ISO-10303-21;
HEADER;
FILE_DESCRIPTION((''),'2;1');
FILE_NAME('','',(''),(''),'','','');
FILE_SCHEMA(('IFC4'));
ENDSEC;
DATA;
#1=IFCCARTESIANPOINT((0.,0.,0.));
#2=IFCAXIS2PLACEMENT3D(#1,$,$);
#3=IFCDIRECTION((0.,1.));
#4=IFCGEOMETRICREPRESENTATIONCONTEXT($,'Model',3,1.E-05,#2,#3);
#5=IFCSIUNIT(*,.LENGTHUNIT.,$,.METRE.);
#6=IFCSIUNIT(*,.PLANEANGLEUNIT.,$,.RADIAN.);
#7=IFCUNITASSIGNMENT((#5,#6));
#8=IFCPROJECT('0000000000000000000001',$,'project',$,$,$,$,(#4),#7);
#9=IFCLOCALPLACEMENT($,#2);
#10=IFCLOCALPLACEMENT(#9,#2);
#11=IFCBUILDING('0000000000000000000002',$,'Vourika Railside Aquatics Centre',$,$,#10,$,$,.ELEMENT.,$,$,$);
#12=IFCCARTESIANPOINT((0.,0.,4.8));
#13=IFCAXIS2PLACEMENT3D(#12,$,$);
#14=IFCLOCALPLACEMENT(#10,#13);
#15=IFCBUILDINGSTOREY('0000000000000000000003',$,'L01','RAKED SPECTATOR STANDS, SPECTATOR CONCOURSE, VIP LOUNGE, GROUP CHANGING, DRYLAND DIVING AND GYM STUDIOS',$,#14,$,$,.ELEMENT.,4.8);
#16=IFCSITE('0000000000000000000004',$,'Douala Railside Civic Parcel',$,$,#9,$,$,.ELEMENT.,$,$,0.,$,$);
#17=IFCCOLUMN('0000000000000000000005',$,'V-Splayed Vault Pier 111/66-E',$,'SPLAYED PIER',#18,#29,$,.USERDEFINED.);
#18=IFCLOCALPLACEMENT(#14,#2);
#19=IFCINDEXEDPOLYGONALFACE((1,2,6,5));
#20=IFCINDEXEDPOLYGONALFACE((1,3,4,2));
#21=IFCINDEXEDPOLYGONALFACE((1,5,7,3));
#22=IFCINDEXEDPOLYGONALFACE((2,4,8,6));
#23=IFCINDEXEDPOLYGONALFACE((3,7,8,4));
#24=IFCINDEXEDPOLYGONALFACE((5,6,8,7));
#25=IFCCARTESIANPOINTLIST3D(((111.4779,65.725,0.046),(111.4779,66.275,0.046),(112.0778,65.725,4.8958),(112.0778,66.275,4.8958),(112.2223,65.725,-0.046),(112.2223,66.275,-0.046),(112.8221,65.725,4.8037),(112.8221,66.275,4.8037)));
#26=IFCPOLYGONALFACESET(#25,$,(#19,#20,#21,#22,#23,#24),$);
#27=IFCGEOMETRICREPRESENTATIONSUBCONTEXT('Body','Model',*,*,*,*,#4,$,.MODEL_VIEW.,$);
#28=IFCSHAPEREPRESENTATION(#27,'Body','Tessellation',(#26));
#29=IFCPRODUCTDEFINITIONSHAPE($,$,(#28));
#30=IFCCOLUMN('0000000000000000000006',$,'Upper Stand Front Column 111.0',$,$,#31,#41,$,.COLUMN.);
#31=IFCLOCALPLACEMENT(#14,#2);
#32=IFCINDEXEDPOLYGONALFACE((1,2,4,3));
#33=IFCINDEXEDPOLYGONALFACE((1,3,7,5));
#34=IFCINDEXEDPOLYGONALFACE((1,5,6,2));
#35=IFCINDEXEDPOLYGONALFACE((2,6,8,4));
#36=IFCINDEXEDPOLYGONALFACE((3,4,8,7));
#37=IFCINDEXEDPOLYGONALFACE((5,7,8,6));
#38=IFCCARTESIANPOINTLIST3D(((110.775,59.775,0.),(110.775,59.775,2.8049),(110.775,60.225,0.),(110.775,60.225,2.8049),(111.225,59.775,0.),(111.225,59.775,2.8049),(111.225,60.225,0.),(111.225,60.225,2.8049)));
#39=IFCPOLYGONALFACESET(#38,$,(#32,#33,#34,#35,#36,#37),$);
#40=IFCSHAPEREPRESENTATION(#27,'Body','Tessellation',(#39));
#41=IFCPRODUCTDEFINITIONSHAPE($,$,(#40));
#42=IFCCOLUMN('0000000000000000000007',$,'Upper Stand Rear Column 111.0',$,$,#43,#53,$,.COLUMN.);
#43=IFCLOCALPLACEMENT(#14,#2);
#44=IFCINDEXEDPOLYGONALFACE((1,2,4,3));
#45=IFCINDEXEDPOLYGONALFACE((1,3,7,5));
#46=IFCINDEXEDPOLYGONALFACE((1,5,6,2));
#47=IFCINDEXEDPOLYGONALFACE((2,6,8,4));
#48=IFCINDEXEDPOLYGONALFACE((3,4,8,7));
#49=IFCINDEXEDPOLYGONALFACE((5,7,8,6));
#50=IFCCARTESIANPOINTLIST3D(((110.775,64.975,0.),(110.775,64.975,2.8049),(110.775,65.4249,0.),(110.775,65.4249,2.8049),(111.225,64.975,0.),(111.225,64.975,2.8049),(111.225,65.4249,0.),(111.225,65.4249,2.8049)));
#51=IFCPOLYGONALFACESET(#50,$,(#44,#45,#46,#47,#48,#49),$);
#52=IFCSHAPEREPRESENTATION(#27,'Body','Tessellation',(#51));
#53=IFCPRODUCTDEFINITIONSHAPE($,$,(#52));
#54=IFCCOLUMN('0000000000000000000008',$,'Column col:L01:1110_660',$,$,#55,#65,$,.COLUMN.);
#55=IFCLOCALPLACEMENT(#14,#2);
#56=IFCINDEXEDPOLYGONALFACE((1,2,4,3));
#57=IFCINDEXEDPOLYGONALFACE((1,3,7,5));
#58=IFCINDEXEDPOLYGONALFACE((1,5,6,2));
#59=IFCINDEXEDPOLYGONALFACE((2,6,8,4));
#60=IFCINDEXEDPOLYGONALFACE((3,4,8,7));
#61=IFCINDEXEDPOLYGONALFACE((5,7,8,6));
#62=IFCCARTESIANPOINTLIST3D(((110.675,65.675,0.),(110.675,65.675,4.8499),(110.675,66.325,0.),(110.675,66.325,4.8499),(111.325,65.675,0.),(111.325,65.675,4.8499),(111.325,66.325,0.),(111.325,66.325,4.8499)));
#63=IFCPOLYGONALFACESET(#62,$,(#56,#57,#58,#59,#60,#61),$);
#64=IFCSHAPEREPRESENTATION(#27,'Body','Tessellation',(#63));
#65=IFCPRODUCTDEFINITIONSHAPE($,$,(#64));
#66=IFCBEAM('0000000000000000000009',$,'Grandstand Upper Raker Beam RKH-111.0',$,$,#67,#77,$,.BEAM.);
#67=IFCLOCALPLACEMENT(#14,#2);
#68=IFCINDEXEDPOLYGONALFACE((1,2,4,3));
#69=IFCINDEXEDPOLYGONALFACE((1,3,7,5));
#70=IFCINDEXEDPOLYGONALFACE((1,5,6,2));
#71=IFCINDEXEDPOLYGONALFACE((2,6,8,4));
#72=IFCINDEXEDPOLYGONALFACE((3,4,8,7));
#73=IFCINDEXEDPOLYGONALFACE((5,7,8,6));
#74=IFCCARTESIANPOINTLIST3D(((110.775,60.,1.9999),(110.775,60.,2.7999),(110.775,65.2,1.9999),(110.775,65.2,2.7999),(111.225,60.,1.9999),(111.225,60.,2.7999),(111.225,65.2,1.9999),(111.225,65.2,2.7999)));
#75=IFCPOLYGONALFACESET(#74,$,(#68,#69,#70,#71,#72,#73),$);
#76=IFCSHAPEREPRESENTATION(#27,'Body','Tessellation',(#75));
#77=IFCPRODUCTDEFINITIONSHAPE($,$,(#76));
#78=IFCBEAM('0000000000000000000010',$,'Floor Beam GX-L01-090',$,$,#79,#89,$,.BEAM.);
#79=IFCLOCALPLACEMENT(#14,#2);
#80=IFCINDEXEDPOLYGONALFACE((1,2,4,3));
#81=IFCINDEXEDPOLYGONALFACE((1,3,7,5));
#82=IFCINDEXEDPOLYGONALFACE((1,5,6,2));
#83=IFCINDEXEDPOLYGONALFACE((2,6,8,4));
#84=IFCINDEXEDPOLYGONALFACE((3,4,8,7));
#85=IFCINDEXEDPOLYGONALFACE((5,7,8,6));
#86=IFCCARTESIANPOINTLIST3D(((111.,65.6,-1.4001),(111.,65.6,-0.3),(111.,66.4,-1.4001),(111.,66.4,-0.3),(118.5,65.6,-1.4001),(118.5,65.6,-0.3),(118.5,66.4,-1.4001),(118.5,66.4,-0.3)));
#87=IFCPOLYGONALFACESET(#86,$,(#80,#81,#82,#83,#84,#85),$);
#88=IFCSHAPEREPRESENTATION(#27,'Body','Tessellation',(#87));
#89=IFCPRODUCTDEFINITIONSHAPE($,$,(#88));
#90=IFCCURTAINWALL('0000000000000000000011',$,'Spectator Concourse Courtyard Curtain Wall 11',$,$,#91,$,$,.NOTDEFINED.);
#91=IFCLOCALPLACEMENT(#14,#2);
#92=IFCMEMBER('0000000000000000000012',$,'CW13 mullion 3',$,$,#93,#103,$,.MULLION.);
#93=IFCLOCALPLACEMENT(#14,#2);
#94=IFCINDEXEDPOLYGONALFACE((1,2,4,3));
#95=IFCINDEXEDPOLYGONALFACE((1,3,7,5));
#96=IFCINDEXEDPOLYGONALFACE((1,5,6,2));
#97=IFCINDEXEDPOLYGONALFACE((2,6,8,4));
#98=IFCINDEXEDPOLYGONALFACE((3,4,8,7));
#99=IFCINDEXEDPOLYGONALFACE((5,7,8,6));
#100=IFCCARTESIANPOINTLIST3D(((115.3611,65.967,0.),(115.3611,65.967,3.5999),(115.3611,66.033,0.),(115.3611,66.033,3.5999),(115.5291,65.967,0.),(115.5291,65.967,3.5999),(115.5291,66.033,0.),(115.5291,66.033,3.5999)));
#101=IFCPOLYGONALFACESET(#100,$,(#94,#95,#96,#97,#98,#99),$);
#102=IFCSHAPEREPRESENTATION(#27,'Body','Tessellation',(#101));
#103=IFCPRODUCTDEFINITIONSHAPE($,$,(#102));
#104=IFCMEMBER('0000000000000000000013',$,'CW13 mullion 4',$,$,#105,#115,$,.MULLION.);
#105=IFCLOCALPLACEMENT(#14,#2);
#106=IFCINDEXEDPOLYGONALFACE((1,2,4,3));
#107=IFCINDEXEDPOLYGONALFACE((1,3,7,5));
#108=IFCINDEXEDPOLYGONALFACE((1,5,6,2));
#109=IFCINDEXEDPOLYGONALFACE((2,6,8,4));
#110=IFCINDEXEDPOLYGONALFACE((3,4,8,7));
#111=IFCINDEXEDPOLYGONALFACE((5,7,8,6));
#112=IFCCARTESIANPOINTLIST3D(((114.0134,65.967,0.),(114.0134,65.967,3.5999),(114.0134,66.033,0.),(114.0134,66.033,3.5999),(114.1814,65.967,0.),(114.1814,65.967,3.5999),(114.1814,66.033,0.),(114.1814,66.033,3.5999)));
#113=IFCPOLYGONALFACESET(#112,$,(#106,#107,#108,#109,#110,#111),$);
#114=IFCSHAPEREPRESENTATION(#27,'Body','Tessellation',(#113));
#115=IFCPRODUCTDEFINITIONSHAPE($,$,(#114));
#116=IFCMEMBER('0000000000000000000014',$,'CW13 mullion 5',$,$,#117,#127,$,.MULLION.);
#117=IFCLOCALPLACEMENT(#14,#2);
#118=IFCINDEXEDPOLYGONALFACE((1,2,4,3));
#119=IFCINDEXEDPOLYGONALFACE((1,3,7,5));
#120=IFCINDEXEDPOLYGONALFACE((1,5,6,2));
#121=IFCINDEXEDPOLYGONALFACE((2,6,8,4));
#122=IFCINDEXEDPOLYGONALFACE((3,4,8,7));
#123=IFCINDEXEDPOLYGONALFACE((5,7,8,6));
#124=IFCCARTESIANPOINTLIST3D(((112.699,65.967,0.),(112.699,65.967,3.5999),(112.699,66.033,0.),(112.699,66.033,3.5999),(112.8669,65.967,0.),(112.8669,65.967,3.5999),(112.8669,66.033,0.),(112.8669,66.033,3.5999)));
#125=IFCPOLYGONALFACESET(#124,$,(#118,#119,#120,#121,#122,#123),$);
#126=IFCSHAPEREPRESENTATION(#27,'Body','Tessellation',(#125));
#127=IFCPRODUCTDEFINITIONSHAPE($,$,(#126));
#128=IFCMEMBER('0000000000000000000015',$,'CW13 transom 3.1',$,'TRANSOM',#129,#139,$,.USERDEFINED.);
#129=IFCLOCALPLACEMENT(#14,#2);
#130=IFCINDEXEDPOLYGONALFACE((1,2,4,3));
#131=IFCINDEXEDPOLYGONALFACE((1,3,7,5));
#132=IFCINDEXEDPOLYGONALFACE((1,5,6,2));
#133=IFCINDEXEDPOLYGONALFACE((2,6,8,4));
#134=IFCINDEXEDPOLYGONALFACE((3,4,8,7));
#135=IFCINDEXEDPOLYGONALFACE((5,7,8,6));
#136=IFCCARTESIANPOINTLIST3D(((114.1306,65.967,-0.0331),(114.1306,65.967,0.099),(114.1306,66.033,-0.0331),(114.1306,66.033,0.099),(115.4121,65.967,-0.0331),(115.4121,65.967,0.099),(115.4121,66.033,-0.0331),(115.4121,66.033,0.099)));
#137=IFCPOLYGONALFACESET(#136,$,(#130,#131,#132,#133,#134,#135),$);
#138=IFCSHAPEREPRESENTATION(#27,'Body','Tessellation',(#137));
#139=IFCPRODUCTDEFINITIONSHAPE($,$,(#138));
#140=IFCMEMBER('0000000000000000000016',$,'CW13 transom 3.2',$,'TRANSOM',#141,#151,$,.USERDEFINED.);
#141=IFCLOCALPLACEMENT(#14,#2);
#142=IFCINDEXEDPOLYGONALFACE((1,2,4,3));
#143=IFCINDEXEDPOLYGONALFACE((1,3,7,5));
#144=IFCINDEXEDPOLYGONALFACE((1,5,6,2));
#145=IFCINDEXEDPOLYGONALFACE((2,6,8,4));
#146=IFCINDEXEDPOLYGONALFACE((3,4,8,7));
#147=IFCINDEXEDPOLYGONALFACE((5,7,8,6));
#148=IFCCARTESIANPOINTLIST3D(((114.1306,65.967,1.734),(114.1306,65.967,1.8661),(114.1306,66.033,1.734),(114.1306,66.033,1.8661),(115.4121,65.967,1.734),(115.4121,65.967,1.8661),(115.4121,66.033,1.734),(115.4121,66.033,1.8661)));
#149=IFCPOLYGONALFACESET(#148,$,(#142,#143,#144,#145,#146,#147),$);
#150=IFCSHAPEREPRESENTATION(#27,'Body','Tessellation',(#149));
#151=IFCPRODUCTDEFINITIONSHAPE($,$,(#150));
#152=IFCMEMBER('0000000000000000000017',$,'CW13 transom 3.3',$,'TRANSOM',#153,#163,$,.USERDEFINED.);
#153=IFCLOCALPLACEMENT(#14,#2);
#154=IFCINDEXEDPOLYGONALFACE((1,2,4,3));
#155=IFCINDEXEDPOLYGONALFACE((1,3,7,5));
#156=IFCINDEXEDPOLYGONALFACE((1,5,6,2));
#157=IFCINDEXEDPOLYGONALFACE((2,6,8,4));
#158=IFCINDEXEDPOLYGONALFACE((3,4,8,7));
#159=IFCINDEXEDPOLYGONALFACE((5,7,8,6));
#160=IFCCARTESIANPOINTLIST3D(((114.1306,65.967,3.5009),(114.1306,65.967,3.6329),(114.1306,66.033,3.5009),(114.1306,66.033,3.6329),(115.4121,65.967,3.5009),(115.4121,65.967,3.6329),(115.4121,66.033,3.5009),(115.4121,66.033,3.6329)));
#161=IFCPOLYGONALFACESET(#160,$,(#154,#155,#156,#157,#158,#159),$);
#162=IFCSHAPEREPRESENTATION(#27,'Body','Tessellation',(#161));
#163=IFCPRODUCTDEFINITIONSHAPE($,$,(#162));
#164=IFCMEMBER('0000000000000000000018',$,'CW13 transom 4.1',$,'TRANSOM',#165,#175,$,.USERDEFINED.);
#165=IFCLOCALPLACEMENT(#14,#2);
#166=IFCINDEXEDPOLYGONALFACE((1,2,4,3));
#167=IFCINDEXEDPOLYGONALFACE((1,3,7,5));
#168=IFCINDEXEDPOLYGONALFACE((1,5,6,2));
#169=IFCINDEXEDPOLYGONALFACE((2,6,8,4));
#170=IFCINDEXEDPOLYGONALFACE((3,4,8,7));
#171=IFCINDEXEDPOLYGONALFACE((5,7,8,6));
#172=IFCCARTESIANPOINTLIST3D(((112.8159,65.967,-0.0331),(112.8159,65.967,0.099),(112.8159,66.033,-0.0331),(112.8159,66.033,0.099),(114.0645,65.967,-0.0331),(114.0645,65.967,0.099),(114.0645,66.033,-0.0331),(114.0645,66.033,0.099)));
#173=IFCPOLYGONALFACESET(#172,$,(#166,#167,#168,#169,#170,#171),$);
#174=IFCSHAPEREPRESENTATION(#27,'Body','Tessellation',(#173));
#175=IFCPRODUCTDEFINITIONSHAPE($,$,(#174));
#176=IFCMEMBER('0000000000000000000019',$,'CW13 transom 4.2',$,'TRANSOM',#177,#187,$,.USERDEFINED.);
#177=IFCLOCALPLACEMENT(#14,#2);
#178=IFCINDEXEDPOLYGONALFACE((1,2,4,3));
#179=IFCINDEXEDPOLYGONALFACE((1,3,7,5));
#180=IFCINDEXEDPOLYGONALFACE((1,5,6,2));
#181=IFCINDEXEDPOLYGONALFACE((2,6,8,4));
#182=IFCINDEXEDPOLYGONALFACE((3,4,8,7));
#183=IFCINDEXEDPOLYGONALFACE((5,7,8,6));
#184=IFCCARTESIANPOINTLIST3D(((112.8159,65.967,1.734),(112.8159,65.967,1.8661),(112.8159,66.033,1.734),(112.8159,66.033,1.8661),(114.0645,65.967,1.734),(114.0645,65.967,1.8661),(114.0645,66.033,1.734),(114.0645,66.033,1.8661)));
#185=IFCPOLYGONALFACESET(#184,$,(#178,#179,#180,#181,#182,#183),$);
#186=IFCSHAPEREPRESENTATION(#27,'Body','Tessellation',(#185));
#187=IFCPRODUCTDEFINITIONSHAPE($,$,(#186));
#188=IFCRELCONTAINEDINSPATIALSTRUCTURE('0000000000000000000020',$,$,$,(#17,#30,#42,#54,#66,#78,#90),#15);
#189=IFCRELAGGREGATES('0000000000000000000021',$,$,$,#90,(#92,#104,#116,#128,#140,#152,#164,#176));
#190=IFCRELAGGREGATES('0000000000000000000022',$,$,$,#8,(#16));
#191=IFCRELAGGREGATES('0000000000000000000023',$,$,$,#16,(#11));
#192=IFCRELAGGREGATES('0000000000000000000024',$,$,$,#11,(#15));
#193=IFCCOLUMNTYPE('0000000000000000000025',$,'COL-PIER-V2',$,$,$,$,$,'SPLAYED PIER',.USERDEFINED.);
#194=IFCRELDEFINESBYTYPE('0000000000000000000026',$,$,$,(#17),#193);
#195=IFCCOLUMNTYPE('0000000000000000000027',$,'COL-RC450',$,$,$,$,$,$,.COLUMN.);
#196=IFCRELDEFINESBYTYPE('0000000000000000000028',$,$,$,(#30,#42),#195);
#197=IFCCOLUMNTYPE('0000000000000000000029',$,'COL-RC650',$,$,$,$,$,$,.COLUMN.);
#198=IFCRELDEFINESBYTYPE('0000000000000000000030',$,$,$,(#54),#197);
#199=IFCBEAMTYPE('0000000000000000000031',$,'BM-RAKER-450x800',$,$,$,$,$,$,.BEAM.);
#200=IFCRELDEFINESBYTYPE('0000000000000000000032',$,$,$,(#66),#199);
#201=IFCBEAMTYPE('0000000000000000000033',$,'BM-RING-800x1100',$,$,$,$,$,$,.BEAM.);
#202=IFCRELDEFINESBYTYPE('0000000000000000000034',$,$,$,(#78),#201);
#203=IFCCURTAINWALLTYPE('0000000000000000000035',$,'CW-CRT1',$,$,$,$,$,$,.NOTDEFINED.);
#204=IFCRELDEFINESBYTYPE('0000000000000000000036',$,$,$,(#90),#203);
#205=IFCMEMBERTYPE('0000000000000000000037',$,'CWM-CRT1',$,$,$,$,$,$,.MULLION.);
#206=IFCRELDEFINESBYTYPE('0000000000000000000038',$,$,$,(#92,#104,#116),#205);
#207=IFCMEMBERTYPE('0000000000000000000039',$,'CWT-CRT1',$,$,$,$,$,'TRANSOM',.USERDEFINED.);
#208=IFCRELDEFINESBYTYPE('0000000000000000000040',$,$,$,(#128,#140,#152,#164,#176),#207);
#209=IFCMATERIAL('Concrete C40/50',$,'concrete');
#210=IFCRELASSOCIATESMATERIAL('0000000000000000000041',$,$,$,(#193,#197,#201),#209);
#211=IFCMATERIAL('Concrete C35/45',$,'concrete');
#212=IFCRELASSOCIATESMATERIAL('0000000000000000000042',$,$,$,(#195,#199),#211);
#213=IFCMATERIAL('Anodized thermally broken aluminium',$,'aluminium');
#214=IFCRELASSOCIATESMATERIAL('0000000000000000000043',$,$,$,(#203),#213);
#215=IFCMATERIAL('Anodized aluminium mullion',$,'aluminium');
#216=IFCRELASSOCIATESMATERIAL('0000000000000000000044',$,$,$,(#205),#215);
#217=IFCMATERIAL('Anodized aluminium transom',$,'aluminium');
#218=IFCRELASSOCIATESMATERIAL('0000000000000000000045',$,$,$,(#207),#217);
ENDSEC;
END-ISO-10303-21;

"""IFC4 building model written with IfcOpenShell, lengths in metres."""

from ifc_helpers import new_model, si_unit, direction, frame, origin, origin_2d, place, context, subcontext, project, spatial, rectangle, extrude, material, material_profile, profile_set, type_object, element, aggregate, save


model = new_model("IFC4")

# Units and contexts
model_context = context("Model", 3, precision=1e-05, world=origin(), true_north=direction((0.0, 1.0)))
body_context = subcontext(model_context, "Body", "Model", "MODEL_VIEW")
ifc_project = project(units=[si_unit("LENGTHUNIT", "METRE"), si_unit("PLANEANGLEUNIT", "RADIAN")], contexts=[model_context])

# Site, building, storey
site_placement = place(None, origin())
site = spatial("IfcSite", under=ifc_project, at=site_placement, Name="Douala Railside Civic Parcel", CompositionType="ELEMENT", RefElevation=0.0)
building_placement = place(site_placement, origin())
building = spatial("IfcBuilding", under=site, at=building_placement, Name="Vourika Railside Aquatics Centre", CompositionType="ELEMENT")
storey_placement = place(building_placement, frame((0.0, 0.0, 4.8)))
storey = spatial("IfcBuildingStorey", under=building, at=storey_placement, Name="L01", Description="RAKED SPECTATOR STANDS, SPECTATOR CONCOURSE, VIP LOUNGE, GROUP CHANGING, DRYLAND DIVING AND GYM STUDIOS", CompositionType="ELEMENT", Elevation=4.8)

# Columns
ifc_material_1 = material(Name="Concrete C40/50", Category="concrete")
ifc_material_profile_1 = material_profile(ifc_material_1, rectangle(XDim=0.55, YDim=0.75, at=origin_2d()), Name="RC 550x750")
ifc_profile_set_1 = profile_set([ifc_material_profile_1], Name="Concrete C40/50")
column_type_1 = type_object("IfcColumnType", Name="COL-PIER-V2", ElementType="SPLAYED PIER", PredefinedType="USERDEFINED", material=ifc_profile_set_1)
column_1_placement = place(storey_placement, frame((111.8501, 66.0, 0.0), z_axis=(0.12275, 0.0, 0.992438), x_axis=(0.0, 1.0, 0.0)))
element("IfcColumn", 1, at=column_1_placement, inside=storey, type_object=column_type_1, Name="V-Splayed Vault Pier 111/66-E", ObjectType="SPLAYED PIER", PredefinedType="USERDEFINED", context=body_context, shape_type="SweptSolid", body=[
    extrude(rectangle(XDim=0.55, YDim=0.75, at=origin_2d()), origin(), (0.0, 0.0, 1.0), 4.8867),
])
ifc_material_2 = material(Name="Concrete C35/45", Category="concrete")
ifc_material_profile_2 = material_profile(ifc_material_2, rectangle(XDim=0.45, YDim=0.45, at=origin_2d()), Name="RC 450x450")
ifc_profile_set_2 = profile_set([ifc_material_profile_2], Name="Concrete C35/45")
column_type_2 = type_object("IfcColumnType", Name="COL-RC450", PredefinedType="COLUMN", material=ifc_profile_set_2)
for number, where, z_axis, x_axis, name in (
    (2, (111.0, 60.0, 0.0), (0.0, 0.0, 1.0), (1.0, 0.0, 0.0), "Upper Stand Front Column 111.0"),
    (3, (111.0, 65.2, 0.0), (0.0, 0.0, 1.0), (1.0, 0.0, 0.0), "Upper Stand Rear Column 111.0"),
):
    element("IfcColumn", number, at=place(storey_placement, frame(where, z_axis=z_axis, x_axis=x_axis)), inside=storey, type_object=column_type_2, Name=name, PredefinedType="COLUMN", context=body_context, shape_type="SweptSolid", body=[
        extrude(rectangle(XDim=0.45, YDim=0.45, at=origin_2d()), origin(), (0.0, 0.0, 1.0), 2.8049),
    ])
ifc_material_profile_3 = material_profile(ifc_material_1, rectangle(XDim=0.6499, YDim=0.6499, at=origin_2d()), Name="RC 650x650")
ifc_profile_set_3 = profile_set([ifc_material_profile_3], Name="Concrete C40/50")
column_type_3 = type_object("IfcColumnType", Name="COL-RC650", PredefinedType="COLUMN", material=ifc_profile_set_3)
column_2_placement = place(storey_placement, frame((111.0, 66.0, 0.0), z_axis=(0.0, 0.0, 1.0), x_axis=(1.0, 0.0, 0.0)))
element("IfcColumn", 4, at=column_2_placement, inside=storey, type_object=column_type_3, Name="Column col:L01:1110_660", PredefinedType="COLUMN", context=body_context, shape_type="SweptSolid", body=[
    extrude(rectangle(XDim=0.6499, YDim=0.6499, at=origin_2d()), origin(), (0.0, 0.0, 1.0), 4.8499),
])

# Beams
ifc_material_profile_4 = material_profile(ifc_material_2, rectangle(XDim=0.45, YDim=0.8, at=origin_2d()), Name="RC 450x800")
ifc_profile_set_4 = profile_set([ifc_material_profile_4], Name="Concrete C35/45")
beam_type_1 = type_object("IfcBeamType", Name="BM-RAKER-450x800", PredefinedType="BEAM", material=ifc_profile_set_4)
beam_1_placement = place(storey_placement, frame((111.0, 60.0, 2.3999), z_axis=(0.0, 1.0, 0.0), x_axis=(-1.0, 0.0, 0.0)))
element("IfcBeam", 5, at=beam_1_placement, inside=storey, type_object=beam_type_1, Name="Grandstand Upper Raker Beam RKH-111.0", PredefinedType="BEAM", context=body_context, shape_type="SweptSolid", body=[
    extrude(rectangle(XDim=0.45, YDim=0.8, at=origin_2d()), origin(), (0.0, 0.0, 1.0), 5.2),
])
ifc_material_profile_5 = material_profile(ifc_material_1, rectangle(XDim=0.8, YDim=1.1001, at=origin_2d()), Name="RC 800x1100")
ifc_profile_set_5 = profile_set([ifc_material_profile_5], Name="Concrete C40/50")
beam_type_2 = type_object("IfcBeamType", Name="BM-RING-800x1100", PredefinedType="BEAM", material=ifc_profile_set_5)
beam_2_placement = place(storey_placement, frame((111.0, 66.0, -0.8501), z_axis=(1.0, 0.0, 0.0), x_axis=(0.0, 1.0, 0.0)))
element("IfcBeam", 6, at=beam_2_placement, inside=storey, type_object=beam_type_2, Name="Floor Beam GX-L01-090", PredefinedType="BEAM", context=body_context, shape_type="SweptSolid", body=[
    extrude(rectangle(XDim=0.8, YDim=1.1001, at=origin_2d()), origin(), (0.0, 0.0, 1.0), 7.5),
])

# Curtain wall, members
ifc_material_3 = material(Name="Anodized thermally broken aluminium", Category="aluminium")
curtain_wall_type = type_object("IfcCurtainWallType", Name="CW-CRT1", PredefinedType="NOTDEFINED", material=ifc_material_3)
curtain_wall_placement = place(storey_placement, origin())
curtain_wall = element("IfcCurtainWall", 7, at=curtain_wall_placement, inside=storey, type_object=curtain_wall_type, Name="Spectator Concourse Courtyard Curtain Wall 11", PredefinedType="NOTDEFINED")
ifc_material_4 = material(Name="Anodized aluminium mullion", Category="aluminium")
ifc_material_profile_6 = material_profile(ifc_material_4, rectangle(XDim=0.0659, YDim=0.168, at=origin_2d()), Name="ALU-M 66x168")
ifc_profile_set_6 = profile_set([ifc_material_profile_6], Name="Anodized aluminium mullion")
member_type_1 = type_object("IfcMemberType", Name="CWM-CRT1", PredefinedType="MULLION", material=ifc_profile_set_6)
member_1_placement = place(storey_placement, frame((115.4451, 66.0, 0.0), z_axis=(0.0, 0.0, 1.0), x_axis=(0.0, -1.0, 0.0)))
member_1 = element("IfcMember", 8, at=member_1_placement, type_object=member_type_1, Name="CW13 mullion 3", PredefinedType="MULLION", context=body_context, shape_type="SweptSolid", body=[
    extrude(rectangle(XDim=0.0659, YDim=0.168, at=origin_2d()), origin(), (0.0, 0.0, 1.0), 3.5999),
])
member_2_placement = place(storey_placement, frame((114.0974, 66.0, 0.0), z_axis=(0.0, 0.0, 1.0), x_axis=(0.0, -1.0, 0.0)))
member_2 = element("IfcMember", 9, at=member_2_placement, type_object=member_type_1, Name="CW13 mullion 4", PredefinedType="MULLION", context=body_context, shape_type="SweptSolid", body=[
    extrude(rectangle(XDim=0.0659, YDim=0.168, at=origin_2d()), origin(), (0.0, 0.0, 1.0), 3.5999),
])
member_3_placement = place(storey_placement, frame((112.783, 66.0, 0.0), z_axis=(0.0, 0.0, 1.0), x_axis=(0.0, -1.0, 0.0)))
member_3 = element("IfcMember", 10, at=member_3_placement, type_object=member_type_1, Name="CW13 mullion 5", PredefinedType="MULLION", context=body_context, shape_type="SweptSolid", body=[
    extrude(rectangle(XDim=0.0659, YDim=0.168, at=origin_2d()), origin(), (0.0, 0.0, 1.0), 3.5999),
])
ifc_material_5 = material(Name="Anodized aluminium transom", Category="aluminium")
ifc_material_profile_7 = material_profile(ifc_material_5, rectangle(XDim=0.0659, YDim=0.1321, at=origin_2d()), Name="ALU-T 66x132")
ifc_profile_set_7 = profile_set([ifc_material_profile_7], Name="Anodized aluminium transom")
member_type_2 = type_object("IfcMemberType", Name="CWT-CRT1", ElementType="TRANSOM", PredefinedType="USERDEFINED", material=ifc_profile_set_7)
member_4_placement = place(storey_placement, frame((115.4121, 66.0, 0.033), z_axis=(-1.0, 0.0, 0.0), x_axis=(0.0, -1.0, 0.0)))
member_4 = element("IfcMember", 11, at=member_4_placement, type_object=member_type_2, Name="CW13 transom 3.1", ObjectType="TRANSOM", PredefinedType="USERDEFINED", context=body_context, shape_type="SweptSolid", body=[
    extrude(rectangle(XDim=0.0659, YDim=0.1321, at=origin_2d()), origin(), (0.0, 0.0, 1.0), 1.2815),
])
member_5_placement = place(storey_placement, frame((115.4121, 66.0, 1.8), z_axis=(-1.0, 0.0, 0.0), x_axis=(0.0, -1.0, 0.0)))
member_5 = element("IfcMember", 12, at=member_5_placement, type_object=member_type_2, Name="CW13 transom 3.2", ObjectType="TRANSOM", PredefinedType="USERDEFINED", context=body_context, shape_type="SweptSolid", body=[
    extrude(rectangle(XDim=0.0659, YDim=0.1321, at=origin_2d()), origin(), (0.0, 0.0, 1.0), 1.2815),
])
member_6_placement = place(storey_placement, frame((115.4121, 66.0, 3.5669), z_axis=(-1.0, 0.0, 0.0), x_axis=(0.0, -1.0, 0.0)))
member_6 = element("IfcMember", 13, at=member_6_placement, type_object=member_type_2, Name="CW13 transom 3.3", ObjectType="TRANSOM", PredefinedType="USERDEFINED", context=body_context, shape_type="SweptSolid", body=[
    extrude(rectangle(XDim=0.0659, YDim=0.1321, at=origin_2d()), origin(), (0.0, 0.0, 1.0), 1.2815),
])
member_7_placement = place(storey_placement, frame((114.0645, 66.0, 0.033), z_axis=(-1.0, 0.0, 0.0), x_axis=(0.0, -1.0, 0.0)))
member_7 = element("IfcMember", 14, at=member_7_placement, type_object=member_type_2, Name="CW13 transom 4.1", ObjectType="TRANSOM", PredefinedType="USERDEFINED", context=body_context, shape_type="SweptSolid", body=[
    extrude(rectangle(XDim=0.0659, YDim=0.1321, at=origin_2d()), origin(), (0.0, 0.0, 1.0), 1.2485),
])
member_8_placement = place(storey_placement, frame((114.0645, 66.0, 1.8), z_axis=(-1.0, 0.0, 0.0), x_axis=(0.0, -1.0, 0.0)))
member_8 = element("IfcMember", 15, at=member_8_placement, type_object=member_type_2, Name="CW13 transom 4.2", ObjectType="TRANSOM", PredefinedType="USERDEFINED", context=body_context, shape_type="SweptSolid", body=[
    extrude(rectangle(XDim=0.0659, YDim=0.1321, at=origin_2d()), origin(), (0.0, 0.0, 1.0), 1.2485),
])
aggregate(curtain_wall, [member_1, member_2, member_3, member_4, member_5, member_6, member_7, member_8])

save(model, "model.ifc")
